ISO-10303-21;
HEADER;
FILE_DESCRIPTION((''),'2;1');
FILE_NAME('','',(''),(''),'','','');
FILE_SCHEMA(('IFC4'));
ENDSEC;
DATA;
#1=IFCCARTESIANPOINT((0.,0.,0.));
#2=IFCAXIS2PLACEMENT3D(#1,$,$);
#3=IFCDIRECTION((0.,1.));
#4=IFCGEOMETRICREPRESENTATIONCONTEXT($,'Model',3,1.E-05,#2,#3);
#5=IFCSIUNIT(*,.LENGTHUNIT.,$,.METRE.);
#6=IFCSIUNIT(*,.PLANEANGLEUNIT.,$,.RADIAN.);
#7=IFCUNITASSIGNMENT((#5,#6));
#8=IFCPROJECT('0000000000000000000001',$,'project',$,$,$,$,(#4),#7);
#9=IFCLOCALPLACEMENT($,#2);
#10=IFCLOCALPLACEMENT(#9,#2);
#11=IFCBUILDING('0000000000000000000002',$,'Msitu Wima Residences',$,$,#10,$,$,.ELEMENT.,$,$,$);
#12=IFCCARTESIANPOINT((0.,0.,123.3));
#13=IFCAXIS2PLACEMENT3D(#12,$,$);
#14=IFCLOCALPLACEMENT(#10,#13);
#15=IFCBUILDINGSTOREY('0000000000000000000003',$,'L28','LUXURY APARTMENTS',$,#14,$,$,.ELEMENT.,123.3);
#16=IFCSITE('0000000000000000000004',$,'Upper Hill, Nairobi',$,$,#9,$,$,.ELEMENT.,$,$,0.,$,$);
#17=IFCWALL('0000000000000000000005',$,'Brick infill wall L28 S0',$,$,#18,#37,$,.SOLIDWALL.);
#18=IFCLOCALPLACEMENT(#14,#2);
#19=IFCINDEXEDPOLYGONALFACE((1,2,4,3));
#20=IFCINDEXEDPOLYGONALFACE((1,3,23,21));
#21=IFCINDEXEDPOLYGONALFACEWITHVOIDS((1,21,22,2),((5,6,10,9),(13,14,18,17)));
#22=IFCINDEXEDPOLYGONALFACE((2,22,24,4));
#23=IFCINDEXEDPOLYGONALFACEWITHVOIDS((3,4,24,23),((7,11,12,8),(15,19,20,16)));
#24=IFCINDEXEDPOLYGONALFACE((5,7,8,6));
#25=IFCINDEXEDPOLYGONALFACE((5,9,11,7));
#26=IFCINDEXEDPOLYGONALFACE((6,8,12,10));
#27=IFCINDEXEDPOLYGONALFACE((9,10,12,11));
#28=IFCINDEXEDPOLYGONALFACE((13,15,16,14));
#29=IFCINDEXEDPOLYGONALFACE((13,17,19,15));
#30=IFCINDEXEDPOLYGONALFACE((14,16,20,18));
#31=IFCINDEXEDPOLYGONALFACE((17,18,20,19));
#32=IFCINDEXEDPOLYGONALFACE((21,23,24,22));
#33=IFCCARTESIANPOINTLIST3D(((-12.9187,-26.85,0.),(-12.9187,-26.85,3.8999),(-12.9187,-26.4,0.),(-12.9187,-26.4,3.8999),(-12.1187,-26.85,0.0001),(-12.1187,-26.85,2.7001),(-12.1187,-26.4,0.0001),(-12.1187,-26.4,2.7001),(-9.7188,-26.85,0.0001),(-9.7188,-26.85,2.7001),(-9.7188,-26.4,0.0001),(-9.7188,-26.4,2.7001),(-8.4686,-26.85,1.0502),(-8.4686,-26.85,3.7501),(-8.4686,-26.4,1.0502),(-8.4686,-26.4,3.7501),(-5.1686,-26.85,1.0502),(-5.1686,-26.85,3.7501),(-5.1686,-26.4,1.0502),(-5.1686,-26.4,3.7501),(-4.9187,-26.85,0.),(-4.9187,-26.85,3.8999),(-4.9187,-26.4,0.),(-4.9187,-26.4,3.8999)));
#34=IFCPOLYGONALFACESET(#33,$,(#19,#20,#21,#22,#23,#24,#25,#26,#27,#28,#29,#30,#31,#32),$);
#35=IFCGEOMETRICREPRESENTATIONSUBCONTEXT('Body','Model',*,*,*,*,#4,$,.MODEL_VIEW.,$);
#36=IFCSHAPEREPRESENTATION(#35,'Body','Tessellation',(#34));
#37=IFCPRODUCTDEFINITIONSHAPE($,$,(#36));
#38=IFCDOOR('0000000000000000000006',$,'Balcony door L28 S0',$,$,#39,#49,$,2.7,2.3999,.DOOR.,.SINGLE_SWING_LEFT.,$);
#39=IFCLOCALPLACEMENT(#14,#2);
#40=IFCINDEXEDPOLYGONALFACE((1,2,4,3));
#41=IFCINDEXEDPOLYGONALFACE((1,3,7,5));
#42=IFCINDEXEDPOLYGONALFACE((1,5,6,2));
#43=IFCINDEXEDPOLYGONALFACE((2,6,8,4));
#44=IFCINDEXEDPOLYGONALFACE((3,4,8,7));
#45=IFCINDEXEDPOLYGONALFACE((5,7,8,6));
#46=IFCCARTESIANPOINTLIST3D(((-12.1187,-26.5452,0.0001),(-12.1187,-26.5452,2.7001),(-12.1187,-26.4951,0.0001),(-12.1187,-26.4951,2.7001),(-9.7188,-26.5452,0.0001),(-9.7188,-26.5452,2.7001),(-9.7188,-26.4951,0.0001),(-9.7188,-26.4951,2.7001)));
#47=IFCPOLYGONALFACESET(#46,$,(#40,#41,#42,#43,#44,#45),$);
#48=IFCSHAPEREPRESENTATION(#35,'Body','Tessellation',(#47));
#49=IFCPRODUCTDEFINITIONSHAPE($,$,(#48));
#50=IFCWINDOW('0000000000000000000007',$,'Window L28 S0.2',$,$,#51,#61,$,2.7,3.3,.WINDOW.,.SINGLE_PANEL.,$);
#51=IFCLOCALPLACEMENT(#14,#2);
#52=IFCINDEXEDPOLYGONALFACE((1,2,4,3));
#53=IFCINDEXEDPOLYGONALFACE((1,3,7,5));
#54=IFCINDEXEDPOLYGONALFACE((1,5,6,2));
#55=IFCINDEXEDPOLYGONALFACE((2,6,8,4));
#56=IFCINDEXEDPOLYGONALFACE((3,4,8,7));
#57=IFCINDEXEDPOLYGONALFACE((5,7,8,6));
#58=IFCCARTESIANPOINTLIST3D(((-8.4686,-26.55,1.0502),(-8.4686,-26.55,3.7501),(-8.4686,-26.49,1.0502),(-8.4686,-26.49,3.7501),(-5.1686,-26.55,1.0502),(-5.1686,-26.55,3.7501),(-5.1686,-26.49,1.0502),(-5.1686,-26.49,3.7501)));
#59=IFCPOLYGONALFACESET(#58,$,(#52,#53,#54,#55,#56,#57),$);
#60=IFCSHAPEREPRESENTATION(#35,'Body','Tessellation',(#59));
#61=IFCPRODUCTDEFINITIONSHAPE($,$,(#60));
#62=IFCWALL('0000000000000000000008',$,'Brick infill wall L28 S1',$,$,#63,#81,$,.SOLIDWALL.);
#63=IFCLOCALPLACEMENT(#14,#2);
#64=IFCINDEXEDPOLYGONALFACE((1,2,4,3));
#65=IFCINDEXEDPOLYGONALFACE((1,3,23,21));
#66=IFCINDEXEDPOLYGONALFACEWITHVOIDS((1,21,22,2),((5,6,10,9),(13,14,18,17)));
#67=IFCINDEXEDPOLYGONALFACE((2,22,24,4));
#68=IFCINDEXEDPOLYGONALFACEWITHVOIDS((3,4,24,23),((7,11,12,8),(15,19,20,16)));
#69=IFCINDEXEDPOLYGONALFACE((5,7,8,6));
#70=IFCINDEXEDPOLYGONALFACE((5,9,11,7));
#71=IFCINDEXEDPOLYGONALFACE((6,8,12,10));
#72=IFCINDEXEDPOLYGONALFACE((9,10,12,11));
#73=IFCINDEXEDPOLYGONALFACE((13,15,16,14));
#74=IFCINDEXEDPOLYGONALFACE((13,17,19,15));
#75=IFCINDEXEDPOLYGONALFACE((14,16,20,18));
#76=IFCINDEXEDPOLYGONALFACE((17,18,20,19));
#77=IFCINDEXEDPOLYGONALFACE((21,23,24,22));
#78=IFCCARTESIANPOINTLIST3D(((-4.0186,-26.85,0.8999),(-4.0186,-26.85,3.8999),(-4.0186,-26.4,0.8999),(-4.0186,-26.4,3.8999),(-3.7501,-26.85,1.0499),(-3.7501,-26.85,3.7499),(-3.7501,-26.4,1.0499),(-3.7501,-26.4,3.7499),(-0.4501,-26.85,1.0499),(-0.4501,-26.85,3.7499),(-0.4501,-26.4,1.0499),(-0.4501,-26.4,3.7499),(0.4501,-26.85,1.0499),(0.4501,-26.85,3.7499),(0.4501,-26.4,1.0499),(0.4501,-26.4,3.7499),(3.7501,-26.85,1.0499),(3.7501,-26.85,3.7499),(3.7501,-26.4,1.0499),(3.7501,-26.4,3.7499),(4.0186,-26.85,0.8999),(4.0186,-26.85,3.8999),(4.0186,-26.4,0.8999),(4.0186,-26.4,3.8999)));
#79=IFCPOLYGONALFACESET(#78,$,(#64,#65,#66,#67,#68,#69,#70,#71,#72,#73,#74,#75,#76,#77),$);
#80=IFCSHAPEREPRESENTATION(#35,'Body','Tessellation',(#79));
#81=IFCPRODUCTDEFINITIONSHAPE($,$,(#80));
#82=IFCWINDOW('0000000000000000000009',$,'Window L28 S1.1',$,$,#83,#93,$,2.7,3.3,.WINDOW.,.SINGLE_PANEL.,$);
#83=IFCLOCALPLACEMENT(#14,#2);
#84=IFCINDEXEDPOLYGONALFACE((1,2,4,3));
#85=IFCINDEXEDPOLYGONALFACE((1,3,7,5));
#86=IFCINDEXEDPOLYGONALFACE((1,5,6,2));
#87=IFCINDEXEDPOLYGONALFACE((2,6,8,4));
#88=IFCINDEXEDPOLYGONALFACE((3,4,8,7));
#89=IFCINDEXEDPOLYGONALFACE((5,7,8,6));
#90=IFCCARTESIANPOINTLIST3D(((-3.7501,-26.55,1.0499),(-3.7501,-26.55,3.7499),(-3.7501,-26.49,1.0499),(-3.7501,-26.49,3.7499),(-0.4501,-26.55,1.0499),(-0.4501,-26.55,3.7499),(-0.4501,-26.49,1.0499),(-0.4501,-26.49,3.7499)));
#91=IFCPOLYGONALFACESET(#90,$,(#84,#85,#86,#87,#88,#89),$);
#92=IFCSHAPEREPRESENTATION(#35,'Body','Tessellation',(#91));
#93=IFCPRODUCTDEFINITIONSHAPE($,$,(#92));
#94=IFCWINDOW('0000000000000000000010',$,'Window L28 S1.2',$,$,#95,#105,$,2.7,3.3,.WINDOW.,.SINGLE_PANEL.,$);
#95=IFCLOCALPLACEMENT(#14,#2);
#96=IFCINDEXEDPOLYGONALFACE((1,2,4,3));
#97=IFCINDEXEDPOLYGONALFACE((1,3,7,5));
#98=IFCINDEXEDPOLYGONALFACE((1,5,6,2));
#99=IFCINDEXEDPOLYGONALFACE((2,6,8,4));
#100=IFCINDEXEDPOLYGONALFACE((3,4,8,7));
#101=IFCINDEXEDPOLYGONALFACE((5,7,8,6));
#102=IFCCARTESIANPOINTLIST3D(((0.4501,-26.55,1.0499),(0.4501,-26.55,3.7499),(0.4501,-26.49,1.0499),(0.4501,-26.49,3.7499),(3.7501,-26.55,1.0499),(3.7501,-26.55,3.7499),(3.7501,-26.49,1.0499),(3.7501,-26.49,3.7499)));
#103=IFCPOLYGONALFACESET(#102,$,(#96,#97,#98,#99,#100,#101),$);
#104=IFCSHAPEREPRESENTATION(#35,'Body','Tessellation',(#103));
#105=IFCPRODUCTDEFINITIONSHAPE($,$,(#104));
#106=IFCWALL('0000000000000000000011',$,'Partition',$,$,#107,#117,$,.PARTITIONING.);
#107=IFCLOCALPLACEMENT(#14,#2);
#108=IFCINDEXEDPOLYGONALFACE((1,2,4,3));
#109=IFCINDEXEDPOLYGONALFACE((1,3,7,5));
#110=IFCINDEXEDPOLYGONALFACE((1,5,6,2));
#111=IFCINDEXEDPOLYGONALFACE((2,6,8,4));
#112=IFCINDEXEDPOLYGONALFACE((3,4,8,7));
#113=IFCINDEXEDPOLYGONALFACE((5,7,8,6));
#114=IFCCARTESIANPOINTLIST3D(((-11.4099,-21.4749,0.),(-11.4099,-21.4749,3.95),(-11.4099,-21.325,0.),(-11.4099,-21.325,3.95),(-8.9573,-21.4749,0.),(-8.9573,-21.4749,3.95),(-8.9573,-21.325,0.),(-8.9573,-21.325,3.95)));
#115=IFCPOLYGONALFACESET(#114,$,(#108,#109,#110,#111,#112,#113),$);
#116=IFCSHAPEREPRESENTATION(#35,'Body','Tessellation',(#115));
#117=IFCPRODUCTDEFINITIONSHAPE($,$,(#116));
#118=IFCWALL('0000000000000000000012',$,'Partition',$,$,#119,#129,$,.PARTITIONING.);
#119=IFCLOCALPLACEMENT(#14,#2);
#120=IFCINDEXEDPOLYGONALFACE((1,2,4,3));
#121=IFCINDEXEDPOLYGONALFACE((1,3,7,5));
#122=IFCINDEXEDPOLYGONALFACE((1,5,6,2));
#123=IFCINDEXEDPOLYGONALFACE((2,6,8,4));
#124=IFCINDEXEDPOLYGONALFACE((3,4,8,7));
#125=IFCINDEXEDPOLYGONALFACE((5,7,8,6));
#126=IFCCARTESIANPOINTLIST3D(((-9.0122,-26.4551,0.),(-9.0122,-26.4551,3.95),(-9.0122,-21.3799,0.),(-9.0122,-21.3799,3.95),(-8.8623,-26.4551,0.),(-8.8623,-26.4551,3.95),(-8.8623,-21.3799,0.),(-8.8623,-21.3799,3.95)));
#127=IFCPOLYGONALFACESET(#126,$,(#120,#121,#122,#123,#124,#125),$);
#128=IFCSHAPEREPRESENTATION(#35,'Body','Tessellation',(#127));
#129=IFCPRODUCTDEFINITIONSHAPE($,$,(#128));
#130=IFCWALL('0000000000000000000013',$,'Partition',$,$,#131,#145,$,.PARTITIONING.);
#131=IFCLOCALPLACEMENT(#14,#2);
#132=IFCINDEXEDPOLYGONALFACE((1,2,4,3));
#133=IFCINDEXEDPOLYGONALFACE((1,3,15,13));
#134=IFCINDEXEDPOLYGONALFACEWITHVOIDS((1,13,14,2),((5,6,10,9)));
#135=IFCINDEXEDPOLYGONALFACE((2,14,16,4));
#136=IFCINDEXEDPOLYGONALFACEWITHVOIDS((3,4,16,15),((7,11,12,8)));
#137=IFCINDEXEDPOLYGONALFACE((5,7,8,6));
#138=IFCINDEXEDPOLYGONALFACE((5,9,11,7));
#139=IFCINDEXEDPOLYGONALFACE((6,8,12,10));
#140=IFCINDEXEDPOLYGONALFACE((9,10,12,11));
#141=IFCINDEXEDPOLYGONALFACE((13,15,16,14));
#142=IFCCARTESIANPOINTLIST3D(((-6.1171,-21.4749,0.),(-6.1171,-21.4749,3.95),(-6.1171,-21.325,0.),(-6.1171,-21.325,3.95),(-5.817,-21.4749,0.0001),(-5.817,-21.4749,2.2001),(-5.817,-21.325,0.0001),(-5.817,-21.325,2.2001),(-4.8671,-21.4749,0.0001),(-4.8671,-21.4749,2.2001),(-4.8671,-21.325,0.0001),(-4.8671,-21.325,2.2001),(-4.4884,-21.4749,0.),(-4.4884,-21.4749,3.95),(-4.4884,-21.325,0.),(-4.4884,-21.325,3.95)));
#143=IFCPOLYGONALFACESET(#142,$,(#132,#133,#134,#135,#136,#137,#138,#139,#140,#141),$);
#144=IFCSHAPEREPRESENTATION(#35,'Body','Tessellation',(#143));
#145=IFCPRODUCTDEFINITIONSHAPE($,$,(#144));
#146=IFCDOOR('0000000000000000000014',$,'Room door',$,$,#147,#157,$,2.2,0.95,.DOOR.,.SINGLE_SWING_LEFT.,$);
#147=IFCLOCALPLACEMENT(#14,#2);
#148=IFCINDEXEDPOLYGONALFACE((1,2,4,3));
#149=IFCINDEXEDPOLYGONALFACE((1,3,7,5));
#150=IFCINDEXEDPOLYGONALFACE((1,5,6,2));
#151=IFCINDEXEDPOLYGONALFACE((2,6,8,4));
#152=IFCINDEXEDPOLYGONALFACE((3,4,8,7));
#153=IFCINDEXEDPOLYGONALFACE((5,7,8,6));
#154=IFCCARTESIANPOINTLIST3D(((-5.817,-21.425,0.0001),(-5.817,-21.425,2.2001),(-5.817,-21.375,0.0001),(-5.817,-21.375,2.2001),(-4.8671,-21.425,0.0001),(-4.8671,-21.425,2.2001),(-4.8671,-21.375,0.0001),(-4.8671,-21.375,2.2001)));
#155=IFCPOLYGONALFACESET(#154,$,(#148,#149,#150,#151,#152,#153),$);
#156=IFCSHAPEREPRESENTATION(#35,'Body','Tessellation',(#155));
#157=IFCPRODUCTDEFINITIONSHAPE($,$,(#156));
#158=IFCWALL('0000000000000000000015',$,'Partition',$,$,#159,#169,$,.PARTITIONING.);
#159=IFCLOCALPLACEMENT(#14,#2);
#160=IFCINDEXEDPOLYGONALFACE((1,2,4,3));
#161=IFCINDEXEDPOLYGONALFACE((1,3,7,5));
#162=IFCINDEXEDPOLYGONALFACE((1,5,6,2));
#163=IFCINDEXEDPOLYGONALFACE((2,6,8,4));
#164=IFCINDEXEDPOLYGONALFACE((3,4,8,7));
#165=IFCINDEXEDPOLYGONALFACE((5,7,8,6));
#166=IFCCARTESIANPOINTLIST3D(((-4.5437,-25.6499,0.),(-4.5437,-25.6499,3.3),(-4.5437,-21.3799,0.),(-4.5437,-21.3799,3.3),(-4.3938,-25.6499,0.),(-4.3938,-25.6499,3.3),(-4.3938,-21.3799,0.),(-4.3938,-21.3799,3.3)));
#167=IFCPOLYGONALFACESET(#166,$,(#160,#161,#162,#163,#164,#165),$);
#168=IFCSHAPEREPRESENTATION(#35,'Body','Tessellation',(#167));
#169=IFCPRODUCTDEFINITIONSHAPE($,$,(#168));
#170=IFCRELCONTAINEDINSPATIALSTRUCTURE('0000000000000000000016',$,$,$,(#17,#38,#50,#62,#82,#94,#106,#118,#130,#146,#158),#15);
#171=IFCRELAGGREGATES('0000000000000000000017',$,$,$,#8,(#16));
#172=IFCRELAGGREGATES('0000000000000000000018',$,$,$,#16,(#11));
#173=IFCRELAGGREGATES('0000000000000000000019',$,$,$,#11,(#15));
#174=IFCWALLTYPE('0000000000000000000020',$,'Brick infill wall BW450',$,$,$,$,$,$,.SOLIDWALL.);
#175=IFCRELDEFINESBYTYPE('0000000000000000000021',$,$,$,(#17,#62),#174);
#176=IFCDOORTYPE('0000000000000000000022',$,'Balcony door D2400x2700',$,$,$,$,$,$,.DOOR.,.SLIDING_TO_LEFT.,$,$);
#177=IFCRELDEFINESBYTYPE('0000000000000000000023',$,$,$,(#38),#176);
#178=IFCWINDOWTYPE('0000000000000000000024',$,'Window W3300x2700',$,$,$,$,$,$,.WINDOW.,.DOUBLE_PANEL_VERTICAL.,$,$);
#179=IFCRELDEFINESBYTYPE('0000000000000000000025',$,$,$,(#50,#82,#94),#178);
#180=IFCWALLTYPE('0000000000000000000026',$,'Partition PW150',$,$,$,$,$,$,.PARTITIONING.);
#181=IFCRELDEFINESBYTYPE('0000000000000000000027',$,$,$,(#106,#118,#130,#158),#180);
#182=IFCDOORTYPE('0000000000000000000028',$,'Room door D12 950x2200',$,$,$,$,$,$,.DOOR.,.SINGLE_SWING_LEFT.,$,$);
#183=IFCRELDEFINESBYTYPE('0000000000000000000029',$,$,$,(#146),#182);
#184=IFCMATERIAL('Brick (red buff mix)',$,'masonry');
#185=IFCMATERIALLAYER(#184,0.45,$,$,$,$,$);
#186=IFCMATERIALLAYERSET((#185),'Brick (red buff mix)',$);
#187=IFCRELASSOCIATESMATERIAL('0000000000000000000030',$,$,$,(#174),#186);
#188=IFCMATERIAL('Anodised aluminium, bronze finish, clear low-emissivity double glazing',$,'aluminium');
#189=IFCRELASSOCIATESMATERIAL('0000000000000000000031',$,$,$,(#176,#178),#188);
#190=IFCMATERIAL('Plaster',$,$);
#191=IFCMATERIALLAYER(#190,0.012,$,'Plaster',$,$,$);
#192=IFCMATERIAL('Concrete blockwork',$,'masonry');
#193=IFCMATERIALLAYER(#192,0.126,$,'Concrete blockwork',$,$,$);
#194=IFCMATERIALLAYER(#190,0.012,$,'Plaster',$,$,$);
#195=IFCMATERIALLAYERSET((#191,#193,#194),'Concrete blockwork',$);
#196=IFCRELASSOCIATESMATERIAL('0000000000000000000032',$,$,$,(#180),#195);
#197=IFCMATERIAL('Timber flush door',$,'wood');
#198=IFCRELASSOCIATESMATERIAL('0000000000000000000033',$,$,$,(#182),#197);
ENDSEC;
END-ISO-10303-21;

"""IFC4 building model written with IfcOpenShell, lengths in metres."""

from ifc_helpers import new_model, si_unit, direction, frame, frame_2d, origin, place, context, subcontext, project, spatial, rectangle, extrude, material, layer, layer_set, type_object, element, fill, save


model = new_model("IFC4")

# Units and contexts
model_context = context("Model", 3, precision=1e-05, world=origin(), true_north=direction((0.0, 1.0)))
body_context = subcontext(model_context, "Body", "Model", "MODEL_VIEW")
ifc_project = project(units=[si_unit("LENGTHUNIT", "METRE"), si_unit("PLANEANGLEUNIT", "RADIAN")], contexts=[model_context])

# Site, building, storey
site_placement = place(None, origin())
site = spatial("IfcSite", under=ifc_project, at=site_placement, Name="Upper Hill, Nairobi", CompositionType="ELEMENT", RefElevation=0.0)
building_placement = place(site_placement, origin())
building = spatial("IfcBuilding", under=site, at=building_placement, Name="Msitu Wima Residences", CompositionType="ELEMENT")
storey_placement = place(building_placement, frame((0.0, 0.0, 123.3)))
storey = spatial("IfcBuildingStorey", under=building, at=storey_placement, Name="L28", Description="LUXURY APARTMENTS", CompositionType="ELEMENT", Elevation=123.3)

# Wall, openings, door, window
ifc_material_1 = material(Name="Brick (red buff mix)", Category="masonry")
ifc_layer_1 = layer(ifc_material_1, 0.45)
ifc_layer_set_1 = layer_set([ifc_layer_1], Name="Brick (red buff mix)")
wall_type_1 = type_object("IfcWallType", Name="Brick infill wall BW450", PredefinedType="SOLIDWALL", material=ifc_layer_set_1)
wall_1_placement = place(storey_placement, frame((-12.9187, -26.625, 0.0), z_axis=(0.0, 0.0, 1.0), x_axis=(1.0, 0.0, 0.0)))
wall_1 = element("IfcWall", 1, at=wall_1_placement, inside=storey, type_object=wall_type_1, Name="Brick infill wall L28 S0", PredefinedType="SOLIDWALL", context=body_context, shape_type="SweptSolid", body=[
    extrude(rectangle(XDim=8.0, YDim=0.45, at=frame_2d((4.0, 0.0))), origin(), (0.0, 0.0, 1.0), 3.8999),
])
opening_1_placement = place(wall_1_placement, frame((0.8, 0.0, 0.0)))
opening_1 = element("IfcOpeningElement", 2, at=opening_1_placement, cuts=wall_1, PredefinedType="OPENING", context=body_context, shape_type="SweptSolid", body=[
    extrude(rectangle(XDim=2.3999, YDim=2.7, at=frame_2d((1.2, 1.3501))), frame((0.0, 0.2349, 0.0), z_axis=(0.0, -1.0, 0.0), x_axis=(1.0, 0.0, 0.0)), (0.0, 0.0, 1.0), 0.47),
])
opening_2_placement = place(wall_1_placement, frame((4.4502, 0.0, 1.05)))
opening_2 = element("IfcOpeningElement", 3, at=opening_2_placement, cuts=wall_1, PredefinedType="OPENING", context=body_context, shape_type="SweptSolid", body=[
    extrude(rectangle(XDim=3.3, YDim=2.7, at=frame_2d((1.6499, 1.3501))), frame((0.0, 0.2349, 0.0), z_axis=(0.0, -1.0, 0.0), x_axis=(1.0, 0.0, 0.0)), (0.0, 0.0, 1.0), 0.47),
])
ifc_material_2 = material(Name="Anodised aluminium, bronze finish, clear low-emissivity double glazing", Category="aluminium")
door_type_1 = type_object("IfcDoorType", Name="Balcony door D2400x2700", OperationType="SLIDING_TO_LEFT", PredefinedType="DOOR", material=ifc_material_2)
door_1_placement = place(opening_1_placement, origin())
door_1 = element("IfcDoor", 4, at=door_1_placement, inside=storey, type_object=door_type_1, Name="Balcony door L28 S0", OperationType="SINGLE_SWING_LEFT", OverallHeight=2.7, OverallWidth=2.3999, PredefinedType="DOOR", context=body_context, shape_type="SweptSolid", body=[
    extrude(rectangle(XDim=2.3999, YDim=2.7, at=frame_2d((1.2, 1.3501))), frame((0.0, 0.1299, 0.0), z_axis=(0.0, -1.0, 0.0), x_axis=(1.0, 0.0, 0.0)), (0.0, 0.0, 1.0), 0.05),
])
fill(opening_1, door_1)
window_type = type_object("IfcWindowType", Name="Window W3300x2700", PartitioningType="DOUBLE_PANEL_VERTICAL", PredefinedType="WINDOW", material=ifc_material_2)
window_1_placement = place(opening_2_placement, origin())
window_1 = element("IfcWindow", 5, at=window_1_placement, inside=storey, type_object=window_type, Name="Window L28 S0.2", OverallHeight=2.7, OverallWidth=3.3, PartitioningType="SINGLE_PANEL", PredefinedType="WINDOW", context=body_context, shape_type="SweptSolid", body=[
    extrude(rectangle(XDim=3.3, YDim=2.7, at=frame_2d((1.6499, 1.3501))), frame((0.0, 0.135, 0.0), z_axis=(0.0, -1.0, 0.0), x_axis=(1.0, 0.0, 0.0)), (0.0, 0.0, 1.0), 0.0601),
])
fill(opening_2, window_1)

# Wall, openings, windows
wall_2_placement = place(storey_placement, frame((-4.0186, -26.625, 0.8999), z_axis=(0.0, 0.0, 1.0), x_axis=(1.0, 0.0, 0.0)))
wall_2 = element("IfcWall", 6, at=wall_2_placement, inside=storey, type_object=wall_type_1, Name="Brick infill wall L28 S1", PredefinedType="SOLIDWALL", context=body_context, shape_type="SweptSolid", body=[
    extrude(rectangle(XDim=8.0371, YDim=0.45, at=frame_2d((4.0186, 0.0))), origin(), (0.0, 0.0, 1.0), 3.0),
])
opening_3_placement = place(wall_2_placement, frame((0.2686, 0.0, 0.1499)))
opening_3 = element("IfcOpeningElement", 7, at=opening_3_placement, cuts=wall_2, PredefinedType="OPENING", context=body_context, shape_type="SweptSolid", body=[
    extrude(rectangle(XDim=3.3, YDim=2.7, at=frame_2d((1.6499, 1.3501))), frame((0.0, 0.2349, 0.0), z_axis=(0.0, -1.0, 0.0), x_axis=(1.0, 0.0, 0.0)), (0.0, 0.0, 1.0), 0.47),
])
opening_4_placement = place(wall_2_placement, frame((4.4688, 0.0, 0.1499)))
opening_4 = element("IfcOpeningElement", 8, at=opening_4_placement, cuts=wall_2, PredefinedType="OPENING", context=body_context, shape_type="SweptSolid", body=[
    extrude(rectangle(XDim=3.3, YDim=2.7, at=frame_2d((1.6499, 1.3501))), frame((0.0, 0.2349, 0.0), z_axis=(0.0, -1.0, 0.0), x_axis=(1.0, 0.0, 0.0)), (0.0, 0.0, 1.0), 0.47),
])
window_2_placement = place(opening_3_placement, origin())
window_2 = element("IfcWindow", 9, at=window_2_placement, inside=storey, type_object=window_type, Name="Window L28 S1.1", OverallHeight=2.7, OverallWidth=3.3, PartitioningType="SINGLE_PANEL", PredefinedType="WINDOW", context=body_context, shape_type="SweptSolid", body=[
    extrude(rectangle(XDim=3.3, YDim=2.7, at=frame_2d((1.6499, 1.3501))), frame((0.0, 0.135, 0.0), z_axis=(0.0, -1.0, 0.0), x_axis=(1.0, 0.0, 0.0)), (0.0, 0.0, 1.0), 0.0601),
])
fill(opening_3, window_2)
window_3_placement = place(opening_4_placement, origin())
window_3 = element("IfcWindow", 10, at=window_3_placement, inside=storey, type_object=window_type, Name="Window L28 S1.2", OverallHeight=2.7, OverallWidth=3.3, PartitioningType="SINGLE_PANEL", PredefinedType="WINDOW", context=body_context, shape_type="SweptSolid", body=[
    extrude(rectangle(XDim=3.3, YDim=2.7, at=frame_2d((1.6499, 1.3501))), frame((0.0, 0.135, 0.0), z_axis=(0.0, -1.0, 0.0), x_axis=(1.0, 0.0, 0.0)), (0.0, 0.0, 1.0), 0.0601),
])
fill(opening_4, window_3)

# Walls
ifc_material_3 = material(Name="Plaster")
ifc_layer_2 = layer(ifc_material_3, 0.012, Name="Plaster")
ifc_material_4 = material(Name="Concrete blockwork", Category="masonry")
ifc_layer_3 = layer(ifc_material_4, 0.126, Name="Concrete blockwork")
ifc_layer_4 = layer(ifc_material_3, 0.012, Name="Plaster")
ifc_layer_set_2 = layer_set([ifc_layer_2, ifc_layer_3, ifc_layer_4], Name="Concrete blockwork")
wall_type_2 = type_object("IfcWallType", Name="Partition PW150", PredefinedType="PARTITIONING", material=ifc_layer_set_2)
wall_3_placement = place(storey_placement, frame((-11.4099, -21.3999, 0.0), z_axis=(0.0, 0.0, 1.0), x_axis=(1.0, 0.0, 0.0)))
element("IfcWall", 11, at=wall_3_placement, inside=storey, type_object=wall_type_2, Name="Partition", PredefinedType="PARTITIONING", context=body_context, shape_type="SweptSolid", body=[
    extrude(rectangle(XDim=2.4526, YDim=0.1499, at=frame_2d((1.2263, 0.0))), origin(), (0.0, 0.0, 1.0), 3.95),
])
wall_4_placement = place(storey_placement, frame((-8.9373, -26.4551, 0.0), z_axis=(0.0, 0.0, 1.0), x_axis=(0.0, 1.0, 0.0)))
element("IfcWall", 12, at=wall_4_placement, inside=storey, type_object=wall_type_2, Name="Partition", PredefinedType="PARTITIONING", context=body_context, shape_type="SweptSolid", body=[
    extrude(rectangle(XDim=5.0752, YDim=0.1499, at=frame_2d((2.5376, 0.0))), origin(), (0.0, 0.0, 1.0), 3.95),
])

# Wall, opening, door
wall_5_placement = place(storey_placement, frame((-6.1172, -21.3999, 0.0), z_axis=(0.0, 0.0, 1.0), x_axis=(1.0, 0.0, 0.0)))
wall_5 = element("IfcWall", 13, at=wall_5_placement, inside=storey, type_object=wall_type_2, Name="Partition", PredefinedType="PARTITIONING", context=body_context, shape_type="SweptSolid", body=[
    extrude(rectangle(XDim=1.6287, YDim=0.1499, at=frame_2d((0.8145, 0.0))), origin(), (0.0, 0.0, 1.0), 3.95),
])
opening_5_placement = place(wall_5_placement, frame((0.3, 0.0, 0.0)))
opening_5 = element("IfcOpeningElement", 14, at=opening_5_placement, cuts=wall_5, PredefinedType="OPENING", context=body_context, shape_type="SweptSolid", body=[
    extrude(rectangle(XDim=0.95, YDim=2.2, at=frame_2d((0.4751, 1.1001))), frame((0.0, 0.085, 0.0), z_axis=(0.0, -1.0, 0.0), x_axis=(1.0, 0.0, 0.0)), (0.0, 0.0, 1.0), 0.1699),
])
ifc_material_5 = material(Name="Timber flush door", Category="wood")
door_type_2 = type_object("IfcDoorType", Name="Room door D12 950x2200", OperationType="SINGLE_SWING_LEFT", PredefinedType="DOOR", material=ifc_material_5)
door_2_placement = place(opening_5_placement, origin())
door_2 = element("IfcDoor", 15, at=door_2_placement, inside=storey, type_object=door_type_2, Name="Room door", OperationType="SINGLE_SWING_LEFT", OverallHeight=2.2, OverallWidth=0.95, PredefinedType="DOOR", context=body_context, shape_type="SweptSolid", body=[
    extrude(rectangle(XDim=0.95, YDim=2.2, at=frame_2d((0.4751, 1.1001))), frame((0.0, 0.0249, 0.0), z_axis=(0.0, -1.0, 0.0), x_axis=(1.0, 0.0, 0.0)), (0.0, 0.0, 1.0), 0.05),
])
fill(opening_5, door_2)

# Wall
wall_6_placement = place(storey_placement, frame((-4.4688, -25.6499, 0.0), z_axis=(0.0, 0.0, 1.0), x_axis=(0.0, 1.0, 0.0)))
element("IfcWall", 16, at=wall_6_placement, inside=storey, type_object=wall_type_2, Name="Partition", PredefinedType="PARTITIONING", context=body_context, shape_type="SweptSolid", body=[
    extrude(rectangle(XDim=4.27, YDim=0.1499, at=frame_2d((2.135, 0.0))), origin(), (0.0, 0.0, 1.0), 3.3),
])

save(model, "model.ifc")
